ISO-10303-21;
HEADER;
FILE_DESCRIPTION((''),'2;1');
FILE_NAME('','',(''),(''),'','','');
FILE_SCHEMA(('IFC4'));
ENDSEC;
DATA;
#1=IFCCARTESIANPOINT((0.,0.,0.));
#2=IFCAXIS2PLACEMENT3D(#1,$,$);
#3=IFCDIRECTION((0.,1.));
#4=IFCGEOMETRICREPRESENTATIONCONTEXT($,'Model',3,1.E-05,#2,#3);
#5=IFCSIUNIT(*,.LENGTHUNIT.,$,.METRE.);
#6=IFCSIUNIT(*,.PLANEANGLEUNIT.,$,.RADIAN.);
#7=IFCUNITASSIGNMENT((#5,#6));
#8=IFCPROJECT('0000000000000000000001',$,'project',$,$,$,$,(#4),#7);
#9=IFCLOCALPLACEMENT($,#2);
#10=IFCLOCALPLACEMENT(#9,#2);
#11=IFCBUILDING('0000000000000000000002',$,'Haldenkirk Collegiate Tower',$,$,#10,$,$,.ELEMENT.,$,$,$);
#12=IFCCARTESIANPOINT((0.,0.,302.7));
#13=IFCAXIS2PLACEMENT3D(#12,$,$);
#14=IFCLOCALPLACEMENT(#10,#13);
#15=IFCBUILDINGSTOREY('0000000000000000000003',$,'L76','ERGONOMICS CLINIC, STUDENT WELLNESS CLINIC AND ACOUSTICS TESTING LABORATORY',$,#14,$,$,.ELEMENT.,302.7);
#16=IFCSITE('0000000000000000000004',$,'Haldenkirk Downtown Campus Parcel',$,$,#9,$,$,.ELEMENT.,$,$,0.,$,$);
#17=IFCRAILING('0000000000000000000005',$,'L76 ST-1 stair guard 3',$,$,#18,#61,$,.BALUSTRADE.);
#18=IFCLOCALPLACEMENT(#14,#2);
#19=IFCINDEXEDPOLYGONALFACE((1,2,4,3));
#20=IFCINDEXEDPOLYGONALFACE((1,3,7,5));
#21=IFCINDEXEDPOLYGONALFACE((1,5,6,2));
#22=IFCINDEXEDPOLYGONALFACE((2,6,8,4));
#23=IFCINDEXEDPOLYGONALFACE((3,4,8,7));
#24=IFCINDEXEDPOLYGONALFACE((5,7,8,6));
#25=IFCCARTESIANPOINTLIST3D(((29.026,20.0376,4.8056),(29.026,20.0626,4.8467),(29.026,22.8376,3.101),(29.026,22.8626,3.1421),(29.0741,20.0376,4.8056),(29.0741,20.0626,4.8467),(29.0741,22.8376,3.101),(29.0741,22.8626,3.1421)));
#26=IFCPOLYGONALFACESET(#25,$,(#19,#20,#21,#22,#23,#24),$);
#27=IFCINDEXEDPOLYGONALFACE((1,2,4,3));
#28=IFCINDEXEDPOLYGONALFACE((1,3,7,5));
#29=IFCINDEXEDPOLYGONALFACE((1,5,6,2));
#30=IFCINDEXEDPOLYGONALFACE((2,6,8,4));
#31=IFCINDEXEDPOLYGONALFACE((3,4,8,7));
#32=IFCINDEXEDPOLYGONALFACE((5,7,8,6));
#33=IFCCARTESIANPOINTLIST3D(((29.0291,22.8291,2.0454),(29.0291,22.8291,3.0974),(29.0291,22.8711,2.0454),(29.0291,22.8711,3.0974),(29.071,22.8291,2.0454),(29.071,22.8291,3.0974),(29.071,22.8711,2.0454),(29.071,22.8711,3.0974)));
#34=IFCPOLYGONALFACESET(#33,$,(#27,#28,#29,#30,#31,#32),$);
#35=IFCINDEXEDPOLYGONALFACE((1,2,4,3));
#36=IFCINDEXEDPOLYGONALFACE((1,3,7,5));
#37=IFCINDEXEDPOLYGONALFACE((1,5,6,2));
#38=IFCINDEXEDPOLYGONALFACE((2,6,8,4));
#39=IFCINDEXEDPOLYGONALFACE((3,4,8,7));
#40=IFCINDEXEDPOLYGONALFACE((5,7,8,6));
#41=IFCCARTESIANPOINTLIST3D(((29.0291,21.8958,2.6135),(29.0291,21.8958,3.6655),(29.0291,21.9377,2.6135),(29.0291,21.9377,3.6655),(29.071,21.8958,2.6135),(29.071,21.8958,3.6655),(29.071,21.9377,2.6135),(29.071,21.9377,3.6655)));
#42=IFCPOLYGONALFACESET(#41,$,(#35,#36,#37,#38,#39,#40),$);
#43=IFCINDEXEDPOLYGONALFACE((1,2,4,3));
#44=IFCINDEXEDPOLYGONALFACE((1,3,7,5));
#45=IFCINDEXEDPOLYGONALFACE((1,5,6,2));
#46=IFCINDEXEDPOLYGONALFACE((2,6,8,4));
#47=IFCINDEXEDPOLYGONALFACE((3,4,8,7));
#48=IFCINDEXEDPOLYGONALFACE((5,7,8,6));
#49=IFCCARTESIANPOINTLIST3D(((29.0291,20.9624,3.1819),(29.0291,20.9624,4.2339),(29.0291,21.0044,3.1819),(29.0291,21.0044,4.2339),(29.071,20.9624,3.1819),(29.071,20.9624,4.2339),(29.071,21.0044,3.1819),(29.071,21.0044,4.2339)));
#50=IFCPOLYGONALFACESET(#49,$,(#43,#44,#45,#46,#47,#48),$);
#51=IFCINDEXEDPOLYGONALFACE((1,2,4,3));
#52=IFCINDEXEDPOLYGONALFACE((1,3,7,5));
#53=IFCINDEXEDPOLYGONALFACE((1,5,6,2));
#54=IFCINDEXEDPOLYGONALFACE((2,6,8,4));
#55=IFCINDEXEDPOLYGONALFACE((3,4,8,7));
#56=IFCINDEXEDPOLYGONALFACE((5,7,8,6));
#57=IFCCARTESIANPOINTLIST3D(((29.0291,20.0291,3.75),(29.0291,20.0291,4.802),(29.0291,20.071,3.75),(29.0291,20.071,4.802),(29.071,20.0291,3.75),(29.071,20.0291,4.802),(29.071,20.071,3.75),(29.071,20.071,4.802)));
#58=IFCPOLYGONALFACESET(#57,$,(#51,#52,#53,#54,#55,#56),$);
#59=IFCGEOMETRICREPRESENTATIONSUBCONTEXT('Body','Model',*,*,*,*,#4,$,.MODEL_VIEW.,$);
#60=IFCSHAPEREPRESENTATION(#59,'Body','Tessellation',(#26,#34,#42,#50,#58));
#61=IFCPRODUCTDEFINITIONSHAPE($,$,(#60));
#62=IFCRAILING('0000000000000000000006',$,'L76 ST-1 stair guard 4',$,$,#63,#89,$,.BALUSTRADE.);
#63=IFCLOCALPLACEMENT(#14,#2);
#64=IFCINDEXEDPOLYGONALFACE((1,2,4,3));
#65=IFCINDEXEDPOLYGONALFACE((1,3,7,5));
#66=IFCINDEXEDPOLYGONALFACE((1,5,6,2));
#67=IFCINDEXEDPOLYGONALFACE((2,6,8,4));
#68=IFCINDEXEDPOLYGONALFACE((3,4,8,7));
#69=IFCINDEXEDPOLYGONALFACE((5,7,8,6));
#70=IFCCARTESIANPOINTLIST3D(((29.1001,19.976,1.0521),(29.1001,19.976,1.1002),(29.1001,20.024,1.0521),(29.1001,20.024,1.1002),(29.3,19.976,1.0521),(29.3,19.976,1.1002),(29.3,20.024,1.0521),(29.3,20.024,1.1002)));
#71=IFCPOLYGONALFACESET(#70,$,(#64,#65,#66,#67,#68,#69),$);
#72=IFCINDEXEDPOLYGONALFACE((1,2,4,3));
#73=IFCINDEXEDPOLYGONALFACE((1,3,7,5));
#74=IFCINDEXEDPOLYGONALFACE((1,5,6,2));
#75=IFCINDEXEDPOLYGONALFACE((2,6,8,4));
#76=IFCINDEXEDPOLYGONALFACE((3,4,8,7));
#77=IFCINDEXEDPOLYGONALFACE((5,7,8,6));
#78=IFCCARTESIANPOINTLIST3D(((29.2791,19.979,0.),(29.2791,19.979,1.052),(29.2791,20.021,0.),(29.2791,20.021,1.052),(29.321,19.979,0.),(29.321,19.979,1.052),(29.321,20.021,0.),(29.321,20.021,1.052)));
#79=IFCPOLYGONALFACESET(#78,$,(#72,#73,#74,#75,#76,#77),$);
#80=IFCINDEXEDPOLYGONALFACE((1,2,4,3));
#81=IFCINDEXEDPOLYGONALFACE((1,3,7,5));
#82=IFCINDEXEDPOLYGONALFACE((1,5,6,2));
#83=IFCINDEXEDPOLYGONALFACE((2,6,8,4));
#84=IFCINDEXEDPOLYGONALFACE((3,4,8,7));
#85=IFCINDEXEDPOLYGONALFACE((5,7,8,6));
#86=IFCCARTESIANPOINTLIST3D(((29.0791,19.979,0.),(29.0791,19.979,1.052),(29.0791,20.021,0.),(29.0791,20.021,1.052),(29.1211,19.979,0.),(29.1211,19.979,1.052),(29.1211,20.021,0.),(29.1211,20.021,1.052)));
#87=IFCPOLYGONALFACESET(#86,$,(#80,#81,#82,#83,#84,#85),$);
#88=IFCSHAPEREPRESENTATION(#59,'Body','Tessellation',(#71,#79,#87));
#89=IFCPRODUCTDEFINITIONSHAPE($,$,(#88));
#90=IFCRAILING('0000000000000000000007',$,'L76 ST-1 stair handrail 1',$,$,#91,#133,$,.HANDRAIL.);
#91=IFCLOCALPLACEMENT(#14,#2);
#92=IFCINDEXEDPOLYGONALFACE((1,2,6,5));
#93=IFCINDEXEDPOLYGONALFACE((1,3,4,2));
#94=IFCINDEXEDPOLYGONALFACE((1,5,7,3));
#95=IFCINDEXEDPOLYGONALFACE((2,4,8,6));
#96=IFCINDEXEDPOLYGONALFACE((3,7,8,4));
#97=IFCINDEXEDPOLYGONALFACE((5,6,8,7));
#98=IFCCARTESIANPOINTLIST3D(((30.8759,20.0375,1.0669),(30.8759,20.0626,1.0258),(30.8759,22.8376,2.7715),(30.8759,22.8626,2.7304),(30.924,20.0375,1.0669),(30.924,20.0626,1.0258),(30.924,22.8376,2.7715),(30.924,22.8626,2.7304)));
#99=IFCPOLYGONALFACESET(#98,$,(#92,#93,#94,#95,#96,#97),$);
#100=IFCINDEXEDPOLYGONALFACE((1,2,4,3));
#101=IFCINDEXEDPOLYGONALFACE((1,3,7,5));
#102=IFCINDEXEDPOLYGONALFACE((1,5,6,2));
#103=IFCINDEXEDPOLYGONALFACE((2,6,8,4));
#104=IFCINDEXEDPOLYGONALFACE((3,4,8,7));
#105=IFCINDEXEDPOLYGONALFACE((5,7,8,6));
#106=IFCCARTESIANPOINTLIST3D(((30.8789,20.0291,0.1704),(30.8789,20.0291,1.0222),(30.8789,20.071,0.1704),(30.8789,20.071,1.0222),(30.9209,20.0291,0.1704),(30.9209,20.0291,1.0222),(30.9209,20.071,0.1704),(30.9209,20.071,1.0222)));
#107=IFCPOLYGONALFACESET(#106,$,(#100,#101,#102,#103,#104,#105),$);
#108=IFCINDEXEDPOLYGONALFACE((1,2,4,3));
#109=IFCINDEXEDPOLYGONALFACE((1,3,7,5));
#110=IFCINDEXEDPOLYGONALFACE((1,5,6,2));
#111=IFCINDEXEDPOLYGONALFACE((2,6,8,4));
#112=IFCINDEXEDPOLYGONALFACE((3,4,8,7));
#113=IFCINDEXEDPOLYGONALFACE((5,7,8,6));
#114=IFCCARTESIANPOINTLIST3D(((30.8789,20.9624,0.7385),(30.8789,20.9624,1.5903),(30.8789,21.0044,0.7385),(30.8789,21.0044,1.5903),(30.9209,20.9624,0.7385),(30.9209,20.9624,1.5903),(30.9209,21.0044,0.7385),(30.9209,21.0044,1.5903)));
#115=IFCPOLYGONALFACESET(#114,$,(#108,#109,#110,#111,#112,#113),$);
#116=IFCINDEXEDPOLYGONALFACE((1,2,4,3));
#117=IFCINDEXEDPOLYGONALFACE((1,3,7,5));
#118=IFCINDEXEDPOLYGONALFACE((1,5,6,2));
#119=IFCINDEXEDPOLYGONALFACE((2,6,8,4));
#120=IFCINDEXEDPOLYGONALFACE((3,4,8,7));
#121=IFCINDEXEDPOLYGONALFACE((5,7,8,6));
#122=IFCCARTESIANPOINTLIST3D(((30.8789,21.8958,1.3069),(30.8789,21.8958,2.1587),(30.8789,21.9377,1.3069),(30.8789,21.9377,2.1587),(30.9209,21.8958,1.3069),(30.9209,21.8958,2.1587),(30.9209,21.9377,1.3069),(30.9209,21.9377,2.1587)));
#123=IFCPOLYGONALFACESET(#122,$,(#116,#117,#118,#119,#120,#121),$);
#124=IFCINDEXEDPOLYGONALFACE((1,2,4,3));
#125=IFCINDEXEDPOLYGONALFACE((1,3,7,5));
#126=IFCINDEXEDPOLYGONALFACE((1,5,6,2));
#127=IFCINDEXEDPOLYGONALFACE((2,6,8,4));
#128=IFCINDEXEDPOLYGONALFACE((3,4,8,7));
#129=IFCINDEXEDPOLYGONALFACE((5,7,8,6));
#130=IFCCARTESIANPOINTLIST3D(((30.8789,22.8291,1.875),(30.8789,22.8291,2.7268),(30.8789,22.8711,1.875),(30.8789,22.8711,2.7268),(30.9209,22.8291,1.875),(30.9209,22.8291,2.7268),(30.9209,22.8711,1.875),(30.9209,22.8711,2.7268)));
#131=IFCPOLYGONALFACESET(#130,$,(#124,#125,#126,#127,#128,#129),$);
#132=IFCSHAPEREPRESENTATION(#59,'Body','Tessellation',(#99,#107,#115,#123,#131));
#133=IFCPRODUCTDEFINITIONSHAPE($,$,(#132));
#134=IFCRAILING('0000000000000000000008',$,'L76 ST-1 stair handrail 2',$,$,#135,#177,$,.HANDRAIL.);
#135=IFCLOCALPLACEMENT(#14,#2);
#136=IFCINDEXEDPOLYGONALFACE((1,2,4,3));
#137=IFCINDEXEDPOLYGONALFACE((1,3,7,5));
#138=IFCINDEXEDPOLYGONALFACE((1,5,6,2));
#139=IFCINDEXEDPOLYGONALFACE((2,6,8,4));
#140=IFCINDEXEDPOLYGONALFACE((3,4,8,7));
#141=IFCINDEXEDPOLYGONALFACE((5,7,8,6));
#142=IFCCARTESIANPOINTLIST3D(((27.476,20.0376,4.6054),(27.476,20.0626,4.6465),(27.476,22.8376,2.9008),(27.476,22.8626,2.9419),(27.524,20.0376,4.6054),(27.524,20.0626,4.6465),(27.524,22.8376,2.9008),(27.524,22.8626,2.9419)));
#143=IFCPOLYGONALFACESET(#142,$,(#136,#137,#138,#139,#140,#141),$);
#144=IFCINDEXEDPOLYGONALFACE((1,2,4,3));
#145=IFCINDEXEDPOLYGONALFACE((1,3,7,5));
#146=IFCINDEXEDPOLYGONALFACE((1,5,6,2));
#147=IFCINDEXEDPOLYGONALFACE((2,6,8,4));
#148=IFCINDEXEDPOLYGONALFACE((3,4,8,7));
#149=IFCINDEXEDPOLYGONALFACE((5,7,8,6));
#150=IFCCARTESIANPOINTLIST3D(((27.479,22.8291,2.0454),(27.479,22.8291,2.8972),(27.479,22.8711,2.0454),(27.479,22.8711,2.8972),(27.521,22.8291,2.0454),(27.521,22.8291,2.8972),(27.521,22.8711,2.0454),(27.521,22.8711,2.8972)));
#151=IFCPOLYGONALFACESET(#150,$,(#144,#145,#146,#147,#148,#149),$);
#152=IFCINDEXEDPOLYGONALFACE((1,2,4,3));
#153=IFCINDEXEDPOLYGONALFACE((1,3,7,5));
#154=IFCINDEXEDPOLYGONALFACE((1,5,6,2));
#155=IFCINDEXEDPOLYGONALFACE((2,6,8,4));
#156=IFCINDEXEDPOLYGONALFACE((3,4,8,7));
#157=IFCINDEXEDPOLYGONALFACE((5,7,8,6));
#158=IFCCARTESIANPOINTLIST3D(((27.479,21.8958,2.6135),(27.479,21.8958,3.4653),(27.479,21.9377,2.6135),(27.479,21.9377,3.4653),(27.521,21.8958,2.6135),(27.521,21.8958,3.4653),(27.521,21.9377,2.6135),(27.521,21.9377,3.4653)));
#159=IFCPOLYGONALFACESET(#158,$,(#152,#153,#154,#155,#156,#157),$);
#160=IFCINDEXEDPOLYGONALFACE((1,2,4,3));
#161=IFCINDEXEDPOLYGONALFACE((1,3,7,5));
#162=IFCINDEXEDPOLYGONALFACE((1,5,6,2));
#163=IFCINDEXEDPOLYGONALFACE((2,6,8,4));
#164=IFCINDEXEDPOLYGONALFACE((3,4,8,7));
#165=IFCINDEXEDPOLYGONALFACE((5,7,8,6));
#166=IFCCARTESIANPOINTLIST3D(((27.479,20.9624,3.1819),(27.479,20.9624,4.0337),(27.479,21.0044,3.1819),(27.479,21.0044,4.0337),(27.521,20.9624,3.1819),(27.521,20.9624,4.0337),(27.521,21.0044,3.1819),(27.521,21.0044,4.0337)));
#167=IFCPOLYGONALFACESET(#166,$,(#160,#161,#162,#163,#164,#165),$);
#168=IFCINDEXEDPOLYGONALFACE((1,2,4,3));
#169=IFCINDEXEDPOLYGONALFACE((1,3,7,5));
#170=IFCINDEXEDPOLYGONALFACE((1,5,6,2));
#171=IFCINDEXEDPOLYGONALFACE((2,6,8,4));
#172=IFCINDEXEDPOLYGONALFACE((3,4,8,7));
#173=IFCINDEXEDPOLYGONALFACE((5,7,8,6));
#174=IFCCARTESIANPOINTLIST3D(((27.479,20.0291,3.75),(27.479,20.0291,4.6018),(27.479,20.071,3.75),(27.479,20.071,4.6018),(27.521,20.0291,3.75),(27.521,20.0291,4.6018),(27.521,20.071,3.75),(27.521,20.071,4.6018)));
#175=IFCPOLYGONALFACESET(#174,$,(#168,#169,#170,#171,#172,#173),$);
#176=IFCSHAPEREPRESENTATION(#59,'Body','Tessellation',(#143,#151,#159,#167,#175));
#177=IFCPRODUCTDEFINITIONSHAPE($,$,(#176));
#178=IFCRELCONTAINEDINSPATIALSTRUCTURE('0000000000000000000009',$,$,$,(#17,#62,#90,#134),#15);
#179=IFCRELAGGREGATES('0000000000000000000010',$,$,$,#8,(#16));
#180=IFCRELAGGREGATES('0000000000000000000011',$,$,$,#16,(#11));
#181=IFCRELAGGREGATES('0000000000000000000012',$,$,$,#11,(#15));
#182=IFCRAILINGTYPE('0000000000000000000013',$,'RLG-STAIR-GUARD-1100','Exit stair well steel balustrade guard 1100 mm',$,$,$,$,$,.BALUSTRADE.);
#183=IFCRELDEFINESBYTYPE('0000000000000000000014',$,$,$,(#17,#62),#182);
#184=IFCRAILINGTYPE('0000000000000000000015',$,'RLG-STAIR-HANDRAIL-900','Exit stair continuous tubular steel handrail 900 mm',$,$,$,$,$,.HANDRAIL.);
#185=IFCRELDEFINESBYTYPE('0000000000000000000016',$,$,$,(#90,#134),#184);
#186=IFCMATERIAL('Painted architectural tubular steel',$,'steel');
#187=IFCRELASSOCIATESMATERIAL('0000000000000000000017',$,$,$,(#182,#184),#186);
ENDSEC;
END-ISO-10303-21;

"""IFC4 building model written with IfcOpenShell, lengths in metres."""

from ifc_helpers import new_model, si_unit, direction, frame, origin, origin_2d, place, context, subcontext, project, spatial, rectangle, extrude, material, type_object, element, save


model = new_model("IFC4")

# Units and contexts
model_context = context("Model", 3, precision=1e-05, world=origin(), true_north=direction((0.0, 1.0)))
body_context = subcontext(model_context, "Body", "Model", "MODEL_VIEW")
ifc_project = project(units=[si_unit("LENGTHUNIT", "METRE"), si_unit("PLANEANGLEUNIT", "RADIAN")], contexts=[model_context])

# Site, building, storey
site_placement = place(None, origin())
site = spatial("IfcSite", under=ifc_project, at=site_placement, Name="Haldenkirk Downtown Campus Parcel", CompositionType="ELEMENT", RefElevation=0.0)
building_placement = place(site_placement, origin())
building = spatial("IfcBuilding", under=site, at=building_placement, Name="Haldenkirk Collegiate Tower", CompositionType="ELEMENT")
storey_placement = place(building_placement, frame((0.0, 0.0, 302.7)))
storey = spatial("IfcBuildingStorey", under=building, at=storey_placement, Name="L76", Description="ERGONOMICS CLINIC, STUDENT WELLNESS CLINIC AND ACOUSTICS TESTING LABORATORY", CompositionType="ELEMENT", Elevation=302.7)

# Railings
ifc_material_1 = material(Name="Painted architectural tubular steel", Category="steel")
railing_type_1 = type_object("IfcRailingType", Name="RLG-STAIR-GUARD-1100", Description="Exit stair well steel balustrade guard 1100 mm", PredefinedType="BALUSTRADE", material=ifc_material_1)
railing_1_placement = place(storey_placement, frame((29.05, 22.8501, 2.0454)))
element("IfcRailing", 1, at=railing_1_placement, inside=storey, type_object=railing_type_1, Name="L76 ST-1 stair guard 3", PredefinedType="BALUSTRADE", context=body_context, shape_type="SweptSolid", body=[
    extrude(rectangle(XDim=0.0481, YDim=0.0481, at=origin_2d()), frame((0.0, 0.0, 1.0762), z_axis=(0.0, -0.85417, 0.519994), x_axis=(1.0, 0.0, 0.0)), (0.0, 0.0, 1.0), 3.2781),
    extrude(rectangle(XDim=0.042, YDim=0.042, at=origin_2d()), origin(), (0.0, 0.0, 1.0), 1.052),
    extrude(rectangle(XDim=0.042, YDim=0.042, at=origin_2d()), frame((0.0, -0.9333, 0.5681)), (0.0, 0.0, 1.0), 1.052),
    extrude(rectangle(XDim=0.042, YDim=0.042, at=origin_2d()), frame((0.0, -1.8667, 1.1365)), (0.0, 0.0, 1.0), 1.052),
    extrude(rectangle(XDim=0.042, YDim=0.042, at=origin_2d()), frame((0.0, -2.8, 1.7046)), (0.0, 0.0, 1.0), 1.052),
])
railing_2_placement = place(storey_placement, frame((29.3, 20.0, 0.0)))
element("IfcRailing", 2, at=railing_2_placement, inside=storey, type_object=railing_type_1, Name="L76 ST-1 stair guard 4", PredefinedType="BALUSTRADE", context=body_context, shape_type="SweptSolid", body=[
    extrude(rectangle(XDim=0.0481, YDim=0.0481, at=origin_2d()), frame((0.0, 0.0, 1.0762), z_axis=(-1.0, 0.0, 0.0), x_axis=(0.0, -1.0, 0.0)), (0.0, 0.0, 1.0), 0.2),
    extrude(rectangle(XDim=0.042, YDim=0.042, at=origin_2d()), origin(), (0.0, 0.0, 1.0), 1.052),
    extrude(rectangle(XDim=0.042, YDim=0.042, at=origin_2d()), frame((-0.2, 0.0, 0.0)), (0.0, 0.0, 1.0), 1.052),
])
railing_type_2 = type_object("IfcRailingType", Name="RLG-STAIR-HANDRAIL-900", Description="Exit stair continuous tubular steel handrail 900 mm", PredefinedType="HANDRAIL", material=ifc_material_1)
railing_3_placement = place(storey_placement, frame((30.8999, 20.05, 0.1704)))
element("IfcRailing", 3, at=railing_3_placement, inside=storey, type_object=railing_type_2, Name="L76 ST-1 stair handrail 1", PredefinedType="HANDRAIL", context=body_context, shape_type="SweptSolid", body=[
    extrude(rectangle(XDim=0.0481, YDim=0.0481, at=origin_2d()), frame((0.0, 0.0, 0.876), z_axis=(0.0, 0.85417, 0.519994), x_axis=(-1.0, 0.0, 0.0)), (0.0, 0.0, 1.0), 3.2781),
    extrude(rectangle(XDim=0.042, YDim=0.042, at=origin_2d()), origin(), (0.0, 0.0, 1.0), 0.8518),
    extrude(rectangle(XDim=0.042, YDim=0.042, at=origin_2d()), frame((0.0, 0.9333, 0.5681)), (0.0, 0.0, 1.0), 0.8518),
    extrude(rectangle(XDim=0.042, YDim=0.042, at=origin_2d()), frame((0.0, 1.8667, 1.1365)), (0.0, 0.0, 1.0), 0.8518),
    extrude(rectangle(XDim=0.042, YDim=0.042, at=origin_2d()), frame((0.0, 2.8, 1.7046)), (0.0, 0.0, 1.0), 0.8518),
])
railing_4_placement = place(storey_placement, frame((27.5, 22.8501, 2.0454)))
element("IfcRailing", 4, at=railing_4_placement, inside=storey, type_object=railing_type_2, Name="L76 ST-1 stair handrail 2", PredefinedType="HANDRAIL", context=body_context, shape_type="SweptSolid", body=[
    extrude(rectangle(XDim=0.0481, YDim=0.0481, at=origin_2d()), frame((0.0, 0.0, 0.876), z_axis=(0.0, -0.85417, 0.519994), x_axis=(1.0, 0.0, 0.0)), (0.0, 0.0, 1.0), 3.2781),
    extrude(rectangle(XDim=0.042, YDim=0.042, at=origin_2d()), origin(), (0.0, 0.0, 1.0), 0.8518),
    extrude(rectangle(XDim=0.042, YDim=0.042, at=origin_2d()), frame((0.0, -0.9333, 0.5681)), (0.0, 0.0, 1.0), 0.8518),
    extrude(rectangle(XDim=0.042, YDim=0.042, at=origin_2d()), frame((0.0, -1.8667, 1.1365)), (0.0, 0.0, 1.0), 0.8518),
    extrude(rectangle(XDim=0.042, YDim=0.042, at=origin_2d()), frame((0.0, -2.8, 1.7046)), (0.0, 0.0, 1.0), 0.8518),
])

save(model, "model.ifc")
